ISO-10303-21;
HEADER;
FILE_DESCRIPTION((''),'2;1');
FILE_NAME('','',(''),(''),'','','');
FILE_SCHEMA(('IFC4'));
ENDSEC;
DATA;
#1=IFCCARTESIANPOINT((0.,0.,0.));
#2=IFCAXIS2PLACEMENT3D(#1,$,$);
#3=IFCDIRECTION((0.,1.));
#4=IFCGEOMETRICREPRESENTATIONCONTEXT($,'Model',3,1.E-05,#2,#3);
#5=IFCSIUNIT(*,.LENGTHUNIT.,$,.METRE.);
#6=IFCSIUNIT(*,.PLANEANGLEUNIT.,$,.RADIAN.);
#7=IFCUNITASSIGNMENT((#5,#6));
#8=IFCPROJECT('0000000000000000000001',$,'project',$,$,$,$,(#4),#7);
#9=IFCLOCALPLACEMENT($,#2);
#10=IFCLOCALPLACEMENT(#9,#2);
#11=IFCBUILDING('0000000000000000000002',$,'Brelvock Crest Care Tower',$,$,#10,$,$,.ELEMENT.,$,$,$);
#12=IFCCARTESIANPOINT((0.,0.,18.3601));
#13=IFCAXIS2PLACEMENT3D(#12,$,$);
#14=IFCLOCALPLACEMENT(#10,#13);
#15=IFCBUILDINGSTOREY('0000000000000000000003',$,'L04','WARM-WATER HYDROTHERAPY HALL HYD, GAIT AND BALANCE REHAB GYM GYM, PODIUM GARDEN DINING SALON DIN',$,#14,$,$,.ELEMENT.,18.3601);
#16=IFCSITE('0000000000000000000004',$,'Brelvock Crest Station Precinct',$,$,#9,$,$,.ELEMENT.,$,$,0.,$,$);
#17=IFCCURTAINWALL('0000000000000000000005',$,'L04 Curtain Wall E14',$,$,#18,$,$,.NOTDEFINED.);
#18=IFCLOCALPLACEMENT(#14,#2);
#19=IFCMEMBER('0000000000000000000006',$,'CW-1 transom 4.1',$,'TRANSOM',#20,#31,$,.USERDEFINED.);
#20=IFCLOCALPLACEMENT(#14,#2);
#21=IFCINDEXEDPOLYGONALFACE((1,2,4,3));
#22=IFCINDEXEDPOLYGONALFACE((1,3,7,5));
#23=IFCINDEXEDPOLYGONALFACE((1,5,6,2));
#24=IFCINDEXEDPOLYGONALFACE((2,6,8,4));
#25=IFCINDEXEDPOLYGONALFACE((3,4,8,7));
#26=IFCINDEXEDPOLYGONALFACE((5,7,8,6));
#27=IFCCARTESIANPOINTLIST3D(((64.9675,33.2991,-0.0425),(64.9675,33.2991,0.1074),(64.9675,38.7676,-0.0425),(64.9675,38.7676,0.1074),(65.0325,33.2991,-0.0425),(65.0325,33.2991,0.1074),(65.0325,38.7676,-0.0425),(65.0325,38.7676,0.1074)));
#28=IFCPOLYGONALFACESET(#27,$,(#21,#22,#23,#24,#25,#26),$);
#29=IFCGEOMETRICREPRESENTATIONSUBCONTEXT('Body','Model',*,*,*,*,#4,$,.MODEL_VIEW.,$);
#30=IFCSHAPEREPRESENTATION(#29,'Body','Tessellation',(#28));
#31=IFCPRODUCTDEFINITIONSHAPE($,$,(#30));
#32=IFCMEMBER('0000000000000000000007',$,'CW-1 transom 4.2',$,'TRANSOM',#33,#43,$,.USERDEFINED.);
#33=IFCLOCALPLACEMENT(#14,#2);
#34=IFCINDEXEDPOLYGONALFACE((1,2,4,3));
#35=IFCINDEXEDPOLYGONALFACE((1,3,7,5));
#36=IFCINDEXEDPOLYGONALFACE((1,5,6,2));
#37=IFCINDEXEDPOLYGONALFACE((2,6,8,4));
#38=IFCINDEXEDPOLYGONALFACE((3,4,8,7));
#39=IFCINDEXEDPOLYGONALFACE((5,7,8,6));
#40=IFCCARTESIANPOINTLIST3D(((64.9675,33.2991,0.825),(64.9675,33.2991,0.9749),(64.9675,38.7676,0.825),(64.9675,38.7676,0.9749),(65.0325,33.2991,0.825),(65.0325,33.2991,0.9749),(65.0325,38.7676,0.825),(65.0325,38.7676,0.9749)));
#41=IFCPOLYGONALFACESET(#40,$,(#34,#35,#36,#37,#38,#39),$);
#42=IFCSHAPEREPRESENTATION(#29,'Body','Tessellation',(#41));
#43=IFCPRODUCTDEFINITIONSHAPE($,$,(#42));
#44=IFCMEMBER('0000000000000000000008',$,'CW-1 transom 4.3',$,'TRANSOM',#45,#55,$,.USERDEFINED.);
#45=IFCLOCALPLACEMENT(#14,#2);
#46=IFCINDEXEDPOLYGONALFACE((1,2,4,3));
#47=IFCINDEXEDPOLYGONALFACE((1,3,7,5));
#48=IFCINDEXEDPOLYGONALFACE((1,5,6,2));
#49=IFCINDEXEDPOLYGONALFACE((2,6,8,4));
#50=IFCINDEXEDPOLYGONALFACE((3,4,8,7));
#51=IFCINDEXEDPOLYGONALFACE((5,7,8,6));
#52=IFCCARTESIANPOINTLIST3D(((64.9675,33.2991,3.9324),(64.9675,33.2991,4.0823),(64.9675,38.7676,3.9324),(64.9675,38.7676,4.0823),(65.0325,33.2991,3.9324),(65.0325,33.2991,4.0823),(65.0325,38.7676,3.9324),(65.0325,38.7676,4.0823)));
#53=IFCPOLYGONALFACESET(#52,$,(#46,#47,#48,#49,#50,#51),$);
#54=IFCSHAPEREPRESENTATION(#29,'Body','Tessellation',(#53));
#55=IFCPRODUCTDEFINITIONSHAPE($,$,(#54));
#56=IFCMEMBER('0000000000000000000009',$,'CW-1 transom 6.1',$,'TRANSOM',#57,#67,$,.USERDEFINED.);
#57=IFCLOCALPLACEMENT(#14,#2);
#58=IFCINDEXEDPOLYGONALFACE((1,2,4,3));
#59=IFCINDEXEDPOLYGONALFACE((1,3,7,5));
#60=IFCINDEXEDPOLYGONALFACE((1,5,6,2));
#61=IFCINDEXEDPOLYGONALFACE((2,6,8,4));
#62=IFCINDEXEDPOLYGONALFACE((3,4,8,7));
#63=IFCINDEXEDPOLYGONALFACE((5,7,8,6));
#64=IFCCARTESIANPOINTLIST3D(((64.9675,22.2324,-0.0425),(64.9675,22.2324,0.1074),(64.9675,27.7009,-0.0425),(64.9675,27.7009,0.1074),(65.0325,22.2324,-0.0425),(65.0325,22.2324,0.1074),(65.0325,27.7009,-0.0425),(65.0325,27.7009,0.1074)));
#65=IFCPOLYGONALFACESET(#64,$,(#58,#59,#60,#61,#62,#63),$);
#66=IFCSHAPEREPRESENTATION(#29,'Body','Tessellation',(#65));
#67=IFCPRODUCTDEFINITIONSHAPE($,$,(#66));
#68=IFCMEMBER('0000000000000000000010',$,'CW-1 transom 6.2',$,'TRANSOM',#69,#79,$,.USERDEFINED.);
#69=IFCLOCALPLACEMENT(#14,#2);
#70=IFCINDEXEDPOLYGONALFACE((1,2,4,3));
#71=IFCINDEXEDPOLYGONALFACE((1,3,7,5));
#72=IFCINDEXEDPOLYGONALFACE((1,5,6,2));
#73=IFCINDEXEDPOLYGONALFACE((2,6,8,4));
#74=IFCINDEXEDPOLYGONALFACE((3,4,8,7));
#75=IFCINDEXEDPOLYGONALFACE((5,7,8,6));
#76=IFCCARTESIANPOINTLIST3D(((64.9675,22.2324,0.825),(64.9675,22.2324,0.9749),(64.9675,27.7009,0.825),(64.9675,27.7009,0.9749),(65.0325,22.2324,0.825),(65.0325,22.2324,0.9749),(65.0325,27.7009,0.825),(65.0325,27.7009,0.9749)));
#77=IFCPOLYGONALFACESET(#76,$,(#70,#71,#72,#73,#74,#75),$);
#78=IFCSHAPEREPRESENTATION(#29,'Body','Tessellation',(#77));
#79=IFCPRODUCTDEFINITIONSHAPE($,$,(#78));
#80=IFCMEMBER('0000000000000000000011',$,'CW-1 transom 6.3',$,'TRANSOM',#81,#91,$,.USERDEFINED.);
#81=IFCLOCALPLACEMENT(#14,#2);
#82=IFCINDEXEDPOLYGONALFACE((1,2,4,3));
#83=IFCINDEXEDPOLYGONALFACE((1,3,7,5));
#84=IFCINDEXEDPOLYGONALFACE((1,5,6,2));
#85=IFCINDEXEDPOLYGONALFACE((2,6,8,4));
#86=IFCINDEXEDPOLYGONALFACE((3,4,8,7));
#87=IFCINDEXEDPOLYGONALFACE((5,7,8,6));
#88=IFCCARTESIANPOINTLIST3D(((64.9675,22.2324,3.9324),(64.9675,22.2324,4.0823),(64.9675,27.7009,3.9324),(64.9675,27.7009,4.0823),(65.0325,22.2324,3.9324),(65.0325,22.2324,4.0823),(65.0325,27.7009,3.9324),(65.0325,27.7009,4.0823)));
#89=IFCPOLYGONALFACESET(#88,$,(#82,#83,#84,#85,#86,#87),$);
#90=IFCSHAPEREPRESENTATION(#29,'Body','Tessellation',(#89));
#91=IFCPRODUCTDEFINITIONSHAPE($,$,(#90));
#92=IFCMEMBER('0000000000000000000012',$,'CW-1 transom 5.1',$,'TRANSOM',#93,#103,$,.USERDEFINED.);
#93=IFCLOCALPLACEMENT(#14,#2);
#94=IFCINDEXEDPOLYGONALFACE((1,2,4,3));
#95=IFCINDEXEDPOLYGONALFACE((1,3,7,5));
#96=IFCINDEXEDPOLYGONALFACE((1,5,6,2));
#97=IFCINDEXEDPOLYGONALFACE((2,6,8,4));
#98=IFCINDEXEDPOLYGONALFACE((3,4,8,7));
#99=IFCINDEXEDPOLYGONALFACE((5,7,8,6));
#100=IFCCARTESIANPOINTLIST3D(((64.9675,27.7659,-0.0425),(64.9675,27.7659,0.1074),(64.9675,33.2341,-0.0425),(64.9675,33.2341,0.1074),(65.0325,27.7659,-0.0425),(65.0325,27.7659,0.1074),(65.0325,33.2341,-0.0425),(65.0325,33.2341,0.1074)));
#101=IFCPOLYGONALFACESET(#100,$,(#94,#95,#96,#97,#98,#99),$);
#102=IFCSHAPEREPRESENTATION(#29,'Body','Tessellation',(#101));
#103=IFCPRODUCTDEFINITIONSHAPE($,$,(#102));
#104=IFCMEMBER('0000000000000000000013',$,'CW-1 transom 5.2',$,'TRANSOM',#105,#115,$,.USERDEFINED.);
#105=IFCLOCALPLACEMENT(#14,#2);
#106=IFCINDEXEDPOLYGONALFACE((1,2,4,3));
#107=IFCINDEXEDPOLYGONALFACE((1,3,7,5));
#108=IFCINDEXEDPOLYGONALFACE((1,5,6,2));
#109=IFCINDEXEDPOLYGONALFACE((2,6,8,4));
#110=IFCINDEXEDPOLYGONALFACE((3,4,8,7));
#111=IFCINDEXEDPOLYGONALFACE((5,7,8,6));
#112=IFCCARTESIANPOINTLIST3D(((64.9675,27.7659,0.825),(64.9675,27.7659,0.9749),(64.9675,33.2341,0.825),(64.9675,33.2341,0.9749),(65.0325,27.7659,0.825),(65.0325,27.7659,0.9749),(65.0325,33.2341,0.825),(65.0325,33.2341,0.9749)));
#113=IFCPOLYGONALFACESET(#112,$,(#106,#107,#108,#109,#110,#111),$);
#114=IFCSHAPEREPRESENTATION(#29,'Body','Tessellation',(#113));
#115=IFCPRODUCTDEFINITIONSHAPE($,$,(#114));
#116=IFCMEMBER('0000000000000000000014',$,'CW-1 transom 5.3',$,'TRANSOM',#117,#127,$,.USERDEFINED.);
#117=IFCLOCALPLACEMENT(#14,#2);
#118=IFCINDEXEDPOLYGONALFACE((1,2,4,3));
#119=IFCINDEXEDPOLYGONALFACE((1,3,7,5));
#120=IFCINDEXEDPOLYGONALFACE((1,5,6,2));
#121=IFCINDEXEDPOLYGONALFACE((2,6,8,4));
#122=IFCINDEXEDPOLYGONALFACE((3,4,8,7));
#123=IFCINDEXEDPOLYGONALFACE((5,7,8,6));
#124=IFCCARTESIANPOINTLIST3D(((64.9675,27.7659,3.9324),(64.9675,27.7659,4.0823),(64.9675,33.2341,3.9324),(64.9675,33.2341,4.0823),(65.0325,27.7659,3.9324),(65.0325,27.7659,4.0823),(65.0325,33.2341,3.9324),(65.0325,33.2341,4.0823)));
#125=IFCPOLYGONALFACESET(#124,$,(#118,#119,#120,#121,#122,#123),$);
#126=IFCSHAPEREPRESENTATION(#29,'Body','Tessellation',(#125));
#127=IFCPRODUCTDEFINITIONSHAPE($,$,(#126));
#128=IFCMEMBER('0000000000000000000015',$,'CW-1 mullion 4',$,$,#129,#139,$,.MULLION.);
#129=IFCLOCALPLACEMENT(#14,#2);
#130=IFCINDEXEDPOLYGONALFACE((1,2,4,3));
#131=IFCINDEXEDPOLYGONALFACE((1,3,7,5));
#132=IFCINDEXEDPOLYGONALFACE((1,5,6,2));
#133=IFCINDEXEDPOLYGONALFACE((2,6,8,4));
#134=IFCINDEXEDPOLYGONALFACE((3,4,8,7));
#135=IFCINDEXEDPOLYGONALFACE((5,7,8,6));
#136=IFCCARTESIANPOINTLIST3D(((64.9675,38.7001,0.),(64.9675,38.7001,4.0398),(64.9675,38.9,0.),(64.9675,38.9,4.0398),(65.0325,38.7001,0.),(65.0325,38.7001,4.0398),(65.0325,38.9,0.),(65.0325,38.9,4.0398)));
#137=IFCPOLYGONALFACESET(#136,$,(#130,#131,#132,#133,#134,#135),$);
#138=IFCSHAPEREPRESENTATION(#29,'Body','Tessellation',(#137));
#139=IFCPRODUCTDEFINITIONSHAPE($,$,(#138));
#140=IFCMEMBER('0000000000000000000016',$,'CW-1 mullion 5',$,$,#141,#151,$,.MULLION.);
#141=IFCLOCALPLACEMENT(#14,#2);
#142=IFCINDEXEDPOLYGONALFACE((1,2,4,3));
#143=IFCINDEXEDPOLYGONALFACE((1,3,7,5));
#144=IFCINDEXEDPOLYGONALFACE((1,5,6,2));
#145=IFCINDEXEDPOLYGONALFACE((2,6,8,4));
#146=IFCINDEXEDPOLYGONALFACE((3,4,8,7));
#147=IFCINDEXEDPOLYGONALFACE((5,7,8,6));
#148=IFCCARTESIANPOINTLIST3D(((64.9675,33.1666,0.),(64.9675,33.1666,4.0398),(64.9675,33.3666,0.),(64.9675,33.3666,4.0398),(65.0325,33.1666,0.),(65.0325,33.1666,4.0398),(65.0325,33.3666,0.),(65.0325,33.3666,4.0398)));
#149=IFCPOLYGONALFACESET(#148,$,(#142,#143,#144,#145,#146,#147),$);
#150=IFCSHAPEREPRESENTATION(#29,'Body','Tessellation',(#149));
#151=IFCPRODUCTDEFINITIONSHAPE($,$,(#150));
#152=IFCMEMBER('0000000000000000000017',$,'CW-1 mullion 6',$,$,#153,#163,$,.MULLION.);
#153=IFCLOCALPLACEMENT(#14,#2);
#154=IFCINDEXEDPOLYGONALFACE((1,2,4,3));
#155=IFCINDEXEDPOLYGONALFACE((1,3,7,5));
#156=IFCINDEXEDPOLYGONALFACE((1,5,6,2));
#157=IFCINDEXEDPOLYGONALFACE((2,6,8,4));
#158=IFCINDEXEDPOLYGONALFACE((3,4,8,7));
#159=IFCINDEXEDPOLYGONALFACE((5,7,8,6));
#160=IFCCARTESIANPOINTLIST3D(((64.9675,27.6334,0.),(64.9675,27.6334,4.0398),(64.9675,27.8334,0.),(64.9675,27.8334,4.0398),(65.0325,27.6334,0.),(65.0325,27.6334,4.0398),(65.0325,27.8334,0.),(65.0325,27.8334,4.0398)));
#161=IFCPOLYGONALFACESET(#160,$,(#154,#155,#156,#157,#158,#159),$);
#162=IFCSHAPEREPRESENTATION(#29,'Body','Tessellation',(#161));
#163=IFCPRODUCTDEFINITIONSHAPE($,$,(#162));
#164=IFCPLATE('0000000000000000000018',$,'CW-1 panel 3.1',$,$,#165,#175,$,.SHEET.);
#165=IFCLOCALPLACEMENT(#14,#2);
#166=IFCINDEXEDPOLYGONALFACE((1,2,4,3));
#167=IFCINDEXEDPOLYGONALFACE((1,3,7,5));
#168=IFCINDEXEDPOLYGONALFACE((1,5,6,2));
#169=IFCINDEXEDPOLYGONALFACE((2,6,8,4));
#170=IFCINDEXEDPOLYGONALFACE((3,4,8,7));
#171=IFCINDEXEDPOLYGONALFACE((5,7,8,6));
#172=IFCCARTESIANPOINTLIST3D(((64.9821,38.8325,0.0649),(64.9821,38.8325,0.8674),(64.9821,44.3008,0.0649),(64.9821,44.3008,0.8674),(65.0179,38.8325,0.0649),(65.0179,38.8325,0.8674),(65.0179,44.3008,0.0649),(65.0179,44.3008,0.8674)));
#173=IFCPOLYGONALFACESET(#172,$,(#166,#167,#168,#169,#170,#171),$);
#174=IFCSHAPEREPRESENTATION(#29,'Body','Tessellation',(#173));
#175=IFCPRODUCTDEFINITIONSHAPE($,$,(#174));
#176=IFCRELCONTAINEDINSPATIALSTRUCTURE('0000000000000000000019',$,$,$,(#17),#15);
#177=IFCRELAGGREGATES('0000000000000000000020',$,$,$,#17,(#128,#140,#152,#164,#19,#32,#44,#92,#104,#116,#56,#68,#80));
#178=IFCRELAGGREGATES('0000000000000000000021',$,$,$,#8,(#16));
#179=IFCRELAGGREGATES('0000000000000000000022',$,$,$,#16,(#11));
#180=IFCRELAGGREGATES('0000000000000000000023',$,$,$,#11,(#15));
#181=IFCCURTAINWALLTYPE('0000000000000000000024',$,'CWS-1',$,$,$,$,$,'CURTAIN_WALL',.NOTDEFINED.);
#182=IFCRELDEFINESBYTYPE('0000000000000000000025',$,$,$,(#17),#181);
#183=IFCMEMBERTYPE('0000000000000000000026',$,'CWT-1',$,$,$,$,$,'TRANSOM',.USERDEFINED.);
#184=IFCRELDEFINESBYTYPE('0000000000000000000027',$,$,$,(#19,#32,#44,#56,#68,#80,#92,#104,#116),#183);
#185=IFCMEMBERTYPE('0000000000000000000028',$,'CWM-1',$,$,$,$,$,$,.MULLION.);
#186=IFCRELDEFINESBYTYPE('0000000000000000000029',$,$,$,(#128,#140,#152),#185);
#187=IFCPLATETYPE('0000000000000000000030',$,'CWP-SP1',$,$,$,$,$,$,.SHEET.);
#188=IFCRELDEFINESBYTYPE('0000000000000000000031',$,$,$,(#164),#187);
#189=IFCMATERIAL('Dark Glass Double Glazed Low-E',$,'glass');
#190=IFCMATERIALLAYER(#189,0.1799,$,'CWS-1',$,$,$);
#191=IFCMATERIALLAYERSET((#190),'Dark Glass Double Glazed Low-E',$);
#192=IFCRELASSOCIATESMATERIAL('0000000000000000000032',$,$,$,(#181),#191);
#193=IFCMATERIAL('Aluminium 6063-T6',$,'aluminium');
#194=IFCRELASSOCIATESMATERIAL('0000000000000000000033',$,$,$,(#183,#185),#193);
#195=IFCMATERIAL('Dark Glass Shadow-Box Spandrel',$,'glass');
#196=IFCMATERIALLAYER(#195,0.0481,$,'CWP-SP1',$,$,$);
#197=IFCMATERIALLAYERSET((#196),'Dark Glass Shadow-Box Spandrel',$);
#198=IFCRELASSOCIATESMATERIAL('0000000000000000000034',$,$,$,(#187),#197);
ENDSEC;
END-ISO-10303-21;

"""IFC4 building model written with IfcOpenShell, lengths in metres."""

from ifc_helpers import new_model, si_unit, direction, frame, origin, origin_2d, place, context, subcontext, project, spatial, rectangle, extrude, source, transform, mapped, material, layer, layer_set, material_profile, profile_set, type_object, element, aggregate, save


model = new_model("IFC4")

# Units and contexts
model_context = context("Model", 3, precision=1e-05, world=origin(), true_north=direction((0.0, 1.0)))
body_context = subcontext(model_context, "Body", "Model", "MODEL_VIEW")
ifc_project = project(units=[si_unit("LENGTHUNIT", "METRE"), si_unit("PLANEANGLEUNIT", "RADIAN")], contexts=[model_context])

# Site, building, storey
site_placement = place(None, origin())
site = spatial("IfcSite", under=ifc_project, at=site_placement, Name="Brelvock Crest Station Precinct", CompositionType="ELEMENT", RefElevation=0.0)
building_placement = place(site_placement, origin())
building = spatial("IfcBuilding", under=site, at=building_placement, Name="Brelvock Crest Care Tower", CompositionType="ELEMENT")
storey_placement = place(building_placement, frame((0.0, 0.0, 18.3601)))
storey = spatial("IfcBuildingStorey", under=building, at=storey_placement, Name="L04", Description="WARM-WATER HYDROTHERAPY HALL HYD, GAIT AND BALANCE REHAB GYM GYM, PODIUM GARDEN DINING SALON DIN", CompositionType="ELEMENT", Elevation=18.3601)

# Curtain wall, members, plate
ifc_material_1 = material(Name="Dark Glass Double Glazed Low-E", Category="glass")
ifc_layer_1 = layer(ifc_material_1, 0.1799, Name="CWS-1")
ifc_layer_set_1 = layer_set([ifc_layer_1], Name="Dark Glass Double Glazed Low-E")
curtain_wall_type = type_object("IfcCurtainWallType", Name="CWS-1", ElementType="CURTAIN_WALL", PredefinedType="NOTDEFINED", material=ifc_layer_set_1)
curtain_wall_placement = place(storey_placement, origin())
curtain_wall = element("IfcCurtainWall", 1, at=curtain_wall_placement, inside=storey, type_object=curtain_wall_type, Name="L04 Curtain Wall E14", PredefinedType="NOTDEFINED")
ifc_material_2 = material(Name="Aluminium 6063-T6", Category="aluminium")
ifc_material_profile_1 = material_profile(ifc_material_2, rectangle(XDim=0.0649, YDim=0.1499, at=origin_2d()), Name="ALU65x150")
ifc_profile_set_1 = profile_set([ifc_material_profile_1], Name="Aluminium 6063-T6")
member_type_1 = type_object("IfcMemberType", Name="CWT-1", ElementType="TRANSOM", PredefinedType="USERDEFINED", material=ifc_profile_set_1)
shared_shape_1 = source(origin(), body_context, "Body", "SweptSolid", [
    extrude(rectangle(XDim=0.0649, YDim=0.1499, at=origin_2d()), origin(), (0.0, 0.0, 1.0), 5.4685),
])
member_1_placement = place(storey_placement, frame((65.0, 38.7676, 0.0325), z_axis=(0.0, -1.0, 0.0), x_axis=(1.0, 0.0, 0.0)))
member_1 = element("IfcMember", 2, at=member_1_placement, type_object=member_type_1, Name="CW-1 transom 4.1", ObjectType="TRANSOM", PredefinedType="USERDEFINED", context=body_context, shape_type="MappedRepresentation", body=[
    mapped(shared_shape_1, transform((0.0, 0.0, 0.0), x_axis=(1.0, 0.0, 0.0), y_axis=(0.0, 1.0, 0.0), z_axis=(0.0, 0.0, 1.0), scale=1.0)),
])
member_2_placement = place(storey_placement, frame((65.0, 38.7676, 0.8999), z_axis=(0.0, -1.0, 0.0), x_axis=(1.0, 0.0, 0.0)))
member_2 = element("IfcMember", 3, at=member_2_placement, type_object=member_type_1, Name="CW-1 transom 4.2", ObjectType="TRANSOM", PredefinedType="USERDEFINED", context=body_context, shape_type="MappedRepresentation", body=[
    mapped(shared_shape_1, transform((0.0, 0.0, 0.0), x_axis=(1.0, 0.0, 0.0), y_axis=(0.0, 1.0, 0.0), z_axis=(0.0, 0.0, 1.0), scale=1.0)),
])
member_3_placement = place(storey_placement, frame((65.0, 38.7676, 4.0073), z_axis=(0.0, -1.0, 0.0), x_axis=(1.0, 0.0, 0.0)))
member_3 = element("IfcMember", 4, at=member_3_placement, type_object=member_type_1, Name="CW-1 transom 4.3", ObjectType="TRANSOM", PredefinedType="USERDEFINED", context=body_context, shape_type="MappedRepresentation", body=[
    mapped(shared_shape_1, transform((0.0, 0.0, 0.0), x_axis=(1.0, 0.0, 0.0), y_axis=(0.0, 1.0, 0.0), z_axis=(0.0, 0.0, 1.0), scale=1.0)),
])
member_4_placement = place(storey_placement, frame((65.0, 27.7009, 0.0325), z_axis=(0.0, -1.0, 0.0), x_axis=(1.0, 0.0, 0.0)))
member_4 = element("IfcMember", 5, at=member_4_placement, type_object=member_type_1, Name="CW-1 transom 6.1", ObjectType="TRANSOM", PredefinedType="USERDEFINED", context=body_context, shape_type="MappedRepresentation", body=[
    mapped(shared_shape_1, transform((0.0, 0.0, 0.0), x_axis=(1.0, 0.0, 0.0), y_axis=(0.0, 1.0, 0.0), z_axis=(0.0, 0.0, 1.0), scale=1.0)),
])
member_5_placement = place(storey_placement, frame((65.0, 27.7009, 0.8999), z_axis=(0.0, -1.0, 0.0), x_axis=(1.0, 0.0, 0.0)))
member_5 = element("IfcMember", 6, at=member_5_placement, type_object=member_type_1, Name="CW-1 transom 6.2", ObjectType="TRANSOM", PredefinedType="USERDEFINED", context=body_context, shape_type="MappedRepresentation", body=[
    mapped(shared_shape_1, transform((0.0, 0.0, 0.0), x_axis=(1.0, 0.0, 0.0), y_axis=(0.0, 1.0, 0.0), z_axis=(0.0, 0.0, 1.0), scale=1.0)),
])
member_6_placement = place(storey_placement, frame((65.0, 27.7009, 4.0073), z_axis=(0.0, -1.0, 0.0), x_axis=(1.0, 0.0, 0.0)))
member_6 = element("IfcMember", 7, at=member_6_placement, type_object=member_type_1, Name="CW-1 transom 6.3", ObjectType="TRANSOM", PredefinedType="USERDEFINED", context=body_context, shape_type="MappedRepresentation", body=[
    mapped(shared_shape_1, transform((0.0, 0.0, 0.0), x_axis=(1.0, 0.0, 0.0), y_axis=(0.0, 1.0, 0.0), z_axis=(0.0, 0.0, 1.0), scale=1.0)),
])
shared_shape_2 = source(origin(), body_context, "Body", "SweptSolid", [
    extrude(rectangle(XDim=0.0649, YDim=0.1499, at=origin_2d()), origin(), (0.0, 0.0, 1.0), 5.4683),
])
member_7_placement = place(storey_placement, frame((65.0, 33.2341, 0.0325), z_axis=(0.0, -1.0, 0.0), x_axis=(1.0, 0.0, 0.0)))
member_7 = element("IfcMember", 8, at=member_7_placement, type_object=member_type_1, Name="CW-1 transom 5.1", ObjectType="TRANSOM", PredefinedType="USERDEFINED", context=body_context, shape_type="MappedRepresentation", body=[
    mapped(shared_shape_2, transform((0.0, 0.0, 0.0), x_axis=(1.0, 0.0, 0.0), y_axis=(0.0, 1.0, 0.0), z_axis=(0.0, 0.0, 1.0), scale=1.0)),
])
member_8_placement = place(storey_placement, frame((65.0, 33.2341, 0.8999), z_axis=(0.0, -1.0, 0.0), x_axis=(1.0, 0.0, 0.0)))
member_8 = element("IfcMember", 9, at=member_8_placement, type_object=member_type_1, Name="CW-1 transom 5.2", ObjectType="TRANSOM", PredefinedType="USERDEFINED", context=body_context, shape_type="MappedRepresentation", body=[
    mapped(shared_shape_2, transform((0.0, 0.0, 0.0), x_axis=(1.0, 0.0, 0.0), y_axis=(0.0, 1.0, 0.0), z_axis=(0.0, 0.0, 1.0), scale=1.0)),
])
member_9_placement = place(storey_placement, frame((65.0, 33.2341, 4.0073), z_axis=(0.0, -1.0, 0.0), x_axis=(1.0, 0.0, 0.0)))
member_9 = element("IfcMember", 10, at=member_9_placement, type_object=member_type_1, Name="CW-1 transom 5.3", ObjectType="TRANSOM", PredefinedType="USERDEFINED", context=body_context, shape_type="MappedRepresentation", body=[
    mapped(shared_shape_2, transform((0.0, 0.0, 0.0), x_axis=(1.0, 0.0, 0.0), y_axis=(0.0, 1.0, 0.0), z_axis=(0.0, 0.0, 1.0), scale=1.0)),
])
ifc_material_profile_2 = material_profile(ifc_material_2, rectangle(XDim=0.0649, YDim=0.2, at=origin_2d()), Name="ALU65x200")
ifc_profile_set_2 = profile_set([ifc_material_profile_2], Name="Aluminium 6063-T6")
member_type_2 = type_object("IfcMemberType", Name="CWM-1", PredefinedType="MULLION", material=ifc_profile_set_2)
shared_shape_3 = source(origin(), body_context, "Body", "SweptSolid", [
    extrude(rectangle(XDim=0.0649, YDim=0.2, at=origin_2d()), origin(), (0.0, 0.0, 1.0), 4.0398),
])
member_10_placement = place(storey_placement, frame((65.0, 38.8, 0.0), z_axis=(0.0, 0.0, 1.0), x_axis=(1.0, 0.0, 0.0)))
member_10 = element("IfcMember", 11, at=member_10_placement, type_object=member_type_2, Name="CW-1 mullion 4", PredefinedType="MULLION", context=body_context, shape_type="MappedRepresentation", body=[
    mapped(shared_shape_3, transform((0.0, 0.0, 0.0), x_axis=(1.0, 0.0, 0.0), y_axis=(0.0, 1.0, 0.0), z_axis=(0.0, 0.0, 1.0), scale=1.0)),
])
member_11_placement = place(storey_placement, frame((65.0, 33.2666, 0.0), z_axis=(0.0, 0.0, 1.0), x_axis=(1.0, 0.0, 0.0)))
member_11 = element("IfcMember", 12, at=member_11_placement, type_object=member_type_2, Name="CW-1 mullion 5", PredefinedType="MULLION", context=body_context, shape_type="MappedRepresentation", body=[
    mapped(shared_shape_3, transform((0.0, 0.0, 0.0), x_axis=(1.0, 0.0, 0.0), y_axis=(0.0, 1.0, 0.0), z_axis=(0.0, 0.0, 1.0), scale=1.0)),
])
member_12_placement = place(storey_placement, frame((65.0, 27.7334, 0.0), z_axis=(0.0, 0.0, 1.0), x_axis=(1.0, 0.0, 0.0)))
member_12 = element("IfcMember", 13, at=member_12_placement, type_object=member_type_2, Name="CW-1 mullion 6", PredefinedType="MULLION", context=body_context, shape_type="MappedRepresentation", body=[
    mapped(shared_shape_3, transform((0.0, 0.0, 0.0), x_axis=(1.0, 0.0, 0.0), y_axis=(0.0, 1.0, 0.0), z_axis=(0.0, 0.0, 1.0), scale=1.0)),
])
ifc_material_3 = material(Name="Dark Glass Shadow-Box Spandrel", Category="glass")
ifc_layer_2 = layer(ifc_material_3, 0.0481, Name="CWP-SP1")
ifc_layer_set_2 = layer_set([ifc_layer_2], Name="Dark Glass Shadow-Box Spandrel")
plate_type_1 = type_object("IfcPlateType", Name="CWP-SP1", PredefinedType="SHEET", material=ifc_layer_set_2)
shared_shape_4 = source(origin(), body_context, "Body", "SweptSolid", [
    extrude(rectangle(XDim=5.4683, YDim=0.0359, at=origin_2d()), origin(), (0.0, 0.0, 1.0), 0.8025),
])
plate_1_placement = place(storey_placement, frame((65.0, 41.5667, 0.0649), z_axis=(0.0, 0.0, 1.0), x_axis=(0.0, -1.0, 0.0)))
plate_1 = element("IfcPlate", 14, at=plate_1_placement, type_object=plate_type_1, Name="CW-1 panel 3.1", PredefinedType="SHEET", context=body_context, shape_type="MappedRepresentation", body=[
    mapped(shared_shape_4, transform((0.0, 0.0, 0.0), x_axis=(1.0, 0.0, 0.0), y_axis=(0.0, 1.0, 0.0), z_axis=(0.0, 0.0, 1.0), scale=1.0)),
])
aggregate(curtain_wall, [member_10, member_11, member_12, plate_1, member_1, member_2, member_3, member_7, member_8, member_9, member_4, member_5, member_6])

save(model, "model.ifc")
